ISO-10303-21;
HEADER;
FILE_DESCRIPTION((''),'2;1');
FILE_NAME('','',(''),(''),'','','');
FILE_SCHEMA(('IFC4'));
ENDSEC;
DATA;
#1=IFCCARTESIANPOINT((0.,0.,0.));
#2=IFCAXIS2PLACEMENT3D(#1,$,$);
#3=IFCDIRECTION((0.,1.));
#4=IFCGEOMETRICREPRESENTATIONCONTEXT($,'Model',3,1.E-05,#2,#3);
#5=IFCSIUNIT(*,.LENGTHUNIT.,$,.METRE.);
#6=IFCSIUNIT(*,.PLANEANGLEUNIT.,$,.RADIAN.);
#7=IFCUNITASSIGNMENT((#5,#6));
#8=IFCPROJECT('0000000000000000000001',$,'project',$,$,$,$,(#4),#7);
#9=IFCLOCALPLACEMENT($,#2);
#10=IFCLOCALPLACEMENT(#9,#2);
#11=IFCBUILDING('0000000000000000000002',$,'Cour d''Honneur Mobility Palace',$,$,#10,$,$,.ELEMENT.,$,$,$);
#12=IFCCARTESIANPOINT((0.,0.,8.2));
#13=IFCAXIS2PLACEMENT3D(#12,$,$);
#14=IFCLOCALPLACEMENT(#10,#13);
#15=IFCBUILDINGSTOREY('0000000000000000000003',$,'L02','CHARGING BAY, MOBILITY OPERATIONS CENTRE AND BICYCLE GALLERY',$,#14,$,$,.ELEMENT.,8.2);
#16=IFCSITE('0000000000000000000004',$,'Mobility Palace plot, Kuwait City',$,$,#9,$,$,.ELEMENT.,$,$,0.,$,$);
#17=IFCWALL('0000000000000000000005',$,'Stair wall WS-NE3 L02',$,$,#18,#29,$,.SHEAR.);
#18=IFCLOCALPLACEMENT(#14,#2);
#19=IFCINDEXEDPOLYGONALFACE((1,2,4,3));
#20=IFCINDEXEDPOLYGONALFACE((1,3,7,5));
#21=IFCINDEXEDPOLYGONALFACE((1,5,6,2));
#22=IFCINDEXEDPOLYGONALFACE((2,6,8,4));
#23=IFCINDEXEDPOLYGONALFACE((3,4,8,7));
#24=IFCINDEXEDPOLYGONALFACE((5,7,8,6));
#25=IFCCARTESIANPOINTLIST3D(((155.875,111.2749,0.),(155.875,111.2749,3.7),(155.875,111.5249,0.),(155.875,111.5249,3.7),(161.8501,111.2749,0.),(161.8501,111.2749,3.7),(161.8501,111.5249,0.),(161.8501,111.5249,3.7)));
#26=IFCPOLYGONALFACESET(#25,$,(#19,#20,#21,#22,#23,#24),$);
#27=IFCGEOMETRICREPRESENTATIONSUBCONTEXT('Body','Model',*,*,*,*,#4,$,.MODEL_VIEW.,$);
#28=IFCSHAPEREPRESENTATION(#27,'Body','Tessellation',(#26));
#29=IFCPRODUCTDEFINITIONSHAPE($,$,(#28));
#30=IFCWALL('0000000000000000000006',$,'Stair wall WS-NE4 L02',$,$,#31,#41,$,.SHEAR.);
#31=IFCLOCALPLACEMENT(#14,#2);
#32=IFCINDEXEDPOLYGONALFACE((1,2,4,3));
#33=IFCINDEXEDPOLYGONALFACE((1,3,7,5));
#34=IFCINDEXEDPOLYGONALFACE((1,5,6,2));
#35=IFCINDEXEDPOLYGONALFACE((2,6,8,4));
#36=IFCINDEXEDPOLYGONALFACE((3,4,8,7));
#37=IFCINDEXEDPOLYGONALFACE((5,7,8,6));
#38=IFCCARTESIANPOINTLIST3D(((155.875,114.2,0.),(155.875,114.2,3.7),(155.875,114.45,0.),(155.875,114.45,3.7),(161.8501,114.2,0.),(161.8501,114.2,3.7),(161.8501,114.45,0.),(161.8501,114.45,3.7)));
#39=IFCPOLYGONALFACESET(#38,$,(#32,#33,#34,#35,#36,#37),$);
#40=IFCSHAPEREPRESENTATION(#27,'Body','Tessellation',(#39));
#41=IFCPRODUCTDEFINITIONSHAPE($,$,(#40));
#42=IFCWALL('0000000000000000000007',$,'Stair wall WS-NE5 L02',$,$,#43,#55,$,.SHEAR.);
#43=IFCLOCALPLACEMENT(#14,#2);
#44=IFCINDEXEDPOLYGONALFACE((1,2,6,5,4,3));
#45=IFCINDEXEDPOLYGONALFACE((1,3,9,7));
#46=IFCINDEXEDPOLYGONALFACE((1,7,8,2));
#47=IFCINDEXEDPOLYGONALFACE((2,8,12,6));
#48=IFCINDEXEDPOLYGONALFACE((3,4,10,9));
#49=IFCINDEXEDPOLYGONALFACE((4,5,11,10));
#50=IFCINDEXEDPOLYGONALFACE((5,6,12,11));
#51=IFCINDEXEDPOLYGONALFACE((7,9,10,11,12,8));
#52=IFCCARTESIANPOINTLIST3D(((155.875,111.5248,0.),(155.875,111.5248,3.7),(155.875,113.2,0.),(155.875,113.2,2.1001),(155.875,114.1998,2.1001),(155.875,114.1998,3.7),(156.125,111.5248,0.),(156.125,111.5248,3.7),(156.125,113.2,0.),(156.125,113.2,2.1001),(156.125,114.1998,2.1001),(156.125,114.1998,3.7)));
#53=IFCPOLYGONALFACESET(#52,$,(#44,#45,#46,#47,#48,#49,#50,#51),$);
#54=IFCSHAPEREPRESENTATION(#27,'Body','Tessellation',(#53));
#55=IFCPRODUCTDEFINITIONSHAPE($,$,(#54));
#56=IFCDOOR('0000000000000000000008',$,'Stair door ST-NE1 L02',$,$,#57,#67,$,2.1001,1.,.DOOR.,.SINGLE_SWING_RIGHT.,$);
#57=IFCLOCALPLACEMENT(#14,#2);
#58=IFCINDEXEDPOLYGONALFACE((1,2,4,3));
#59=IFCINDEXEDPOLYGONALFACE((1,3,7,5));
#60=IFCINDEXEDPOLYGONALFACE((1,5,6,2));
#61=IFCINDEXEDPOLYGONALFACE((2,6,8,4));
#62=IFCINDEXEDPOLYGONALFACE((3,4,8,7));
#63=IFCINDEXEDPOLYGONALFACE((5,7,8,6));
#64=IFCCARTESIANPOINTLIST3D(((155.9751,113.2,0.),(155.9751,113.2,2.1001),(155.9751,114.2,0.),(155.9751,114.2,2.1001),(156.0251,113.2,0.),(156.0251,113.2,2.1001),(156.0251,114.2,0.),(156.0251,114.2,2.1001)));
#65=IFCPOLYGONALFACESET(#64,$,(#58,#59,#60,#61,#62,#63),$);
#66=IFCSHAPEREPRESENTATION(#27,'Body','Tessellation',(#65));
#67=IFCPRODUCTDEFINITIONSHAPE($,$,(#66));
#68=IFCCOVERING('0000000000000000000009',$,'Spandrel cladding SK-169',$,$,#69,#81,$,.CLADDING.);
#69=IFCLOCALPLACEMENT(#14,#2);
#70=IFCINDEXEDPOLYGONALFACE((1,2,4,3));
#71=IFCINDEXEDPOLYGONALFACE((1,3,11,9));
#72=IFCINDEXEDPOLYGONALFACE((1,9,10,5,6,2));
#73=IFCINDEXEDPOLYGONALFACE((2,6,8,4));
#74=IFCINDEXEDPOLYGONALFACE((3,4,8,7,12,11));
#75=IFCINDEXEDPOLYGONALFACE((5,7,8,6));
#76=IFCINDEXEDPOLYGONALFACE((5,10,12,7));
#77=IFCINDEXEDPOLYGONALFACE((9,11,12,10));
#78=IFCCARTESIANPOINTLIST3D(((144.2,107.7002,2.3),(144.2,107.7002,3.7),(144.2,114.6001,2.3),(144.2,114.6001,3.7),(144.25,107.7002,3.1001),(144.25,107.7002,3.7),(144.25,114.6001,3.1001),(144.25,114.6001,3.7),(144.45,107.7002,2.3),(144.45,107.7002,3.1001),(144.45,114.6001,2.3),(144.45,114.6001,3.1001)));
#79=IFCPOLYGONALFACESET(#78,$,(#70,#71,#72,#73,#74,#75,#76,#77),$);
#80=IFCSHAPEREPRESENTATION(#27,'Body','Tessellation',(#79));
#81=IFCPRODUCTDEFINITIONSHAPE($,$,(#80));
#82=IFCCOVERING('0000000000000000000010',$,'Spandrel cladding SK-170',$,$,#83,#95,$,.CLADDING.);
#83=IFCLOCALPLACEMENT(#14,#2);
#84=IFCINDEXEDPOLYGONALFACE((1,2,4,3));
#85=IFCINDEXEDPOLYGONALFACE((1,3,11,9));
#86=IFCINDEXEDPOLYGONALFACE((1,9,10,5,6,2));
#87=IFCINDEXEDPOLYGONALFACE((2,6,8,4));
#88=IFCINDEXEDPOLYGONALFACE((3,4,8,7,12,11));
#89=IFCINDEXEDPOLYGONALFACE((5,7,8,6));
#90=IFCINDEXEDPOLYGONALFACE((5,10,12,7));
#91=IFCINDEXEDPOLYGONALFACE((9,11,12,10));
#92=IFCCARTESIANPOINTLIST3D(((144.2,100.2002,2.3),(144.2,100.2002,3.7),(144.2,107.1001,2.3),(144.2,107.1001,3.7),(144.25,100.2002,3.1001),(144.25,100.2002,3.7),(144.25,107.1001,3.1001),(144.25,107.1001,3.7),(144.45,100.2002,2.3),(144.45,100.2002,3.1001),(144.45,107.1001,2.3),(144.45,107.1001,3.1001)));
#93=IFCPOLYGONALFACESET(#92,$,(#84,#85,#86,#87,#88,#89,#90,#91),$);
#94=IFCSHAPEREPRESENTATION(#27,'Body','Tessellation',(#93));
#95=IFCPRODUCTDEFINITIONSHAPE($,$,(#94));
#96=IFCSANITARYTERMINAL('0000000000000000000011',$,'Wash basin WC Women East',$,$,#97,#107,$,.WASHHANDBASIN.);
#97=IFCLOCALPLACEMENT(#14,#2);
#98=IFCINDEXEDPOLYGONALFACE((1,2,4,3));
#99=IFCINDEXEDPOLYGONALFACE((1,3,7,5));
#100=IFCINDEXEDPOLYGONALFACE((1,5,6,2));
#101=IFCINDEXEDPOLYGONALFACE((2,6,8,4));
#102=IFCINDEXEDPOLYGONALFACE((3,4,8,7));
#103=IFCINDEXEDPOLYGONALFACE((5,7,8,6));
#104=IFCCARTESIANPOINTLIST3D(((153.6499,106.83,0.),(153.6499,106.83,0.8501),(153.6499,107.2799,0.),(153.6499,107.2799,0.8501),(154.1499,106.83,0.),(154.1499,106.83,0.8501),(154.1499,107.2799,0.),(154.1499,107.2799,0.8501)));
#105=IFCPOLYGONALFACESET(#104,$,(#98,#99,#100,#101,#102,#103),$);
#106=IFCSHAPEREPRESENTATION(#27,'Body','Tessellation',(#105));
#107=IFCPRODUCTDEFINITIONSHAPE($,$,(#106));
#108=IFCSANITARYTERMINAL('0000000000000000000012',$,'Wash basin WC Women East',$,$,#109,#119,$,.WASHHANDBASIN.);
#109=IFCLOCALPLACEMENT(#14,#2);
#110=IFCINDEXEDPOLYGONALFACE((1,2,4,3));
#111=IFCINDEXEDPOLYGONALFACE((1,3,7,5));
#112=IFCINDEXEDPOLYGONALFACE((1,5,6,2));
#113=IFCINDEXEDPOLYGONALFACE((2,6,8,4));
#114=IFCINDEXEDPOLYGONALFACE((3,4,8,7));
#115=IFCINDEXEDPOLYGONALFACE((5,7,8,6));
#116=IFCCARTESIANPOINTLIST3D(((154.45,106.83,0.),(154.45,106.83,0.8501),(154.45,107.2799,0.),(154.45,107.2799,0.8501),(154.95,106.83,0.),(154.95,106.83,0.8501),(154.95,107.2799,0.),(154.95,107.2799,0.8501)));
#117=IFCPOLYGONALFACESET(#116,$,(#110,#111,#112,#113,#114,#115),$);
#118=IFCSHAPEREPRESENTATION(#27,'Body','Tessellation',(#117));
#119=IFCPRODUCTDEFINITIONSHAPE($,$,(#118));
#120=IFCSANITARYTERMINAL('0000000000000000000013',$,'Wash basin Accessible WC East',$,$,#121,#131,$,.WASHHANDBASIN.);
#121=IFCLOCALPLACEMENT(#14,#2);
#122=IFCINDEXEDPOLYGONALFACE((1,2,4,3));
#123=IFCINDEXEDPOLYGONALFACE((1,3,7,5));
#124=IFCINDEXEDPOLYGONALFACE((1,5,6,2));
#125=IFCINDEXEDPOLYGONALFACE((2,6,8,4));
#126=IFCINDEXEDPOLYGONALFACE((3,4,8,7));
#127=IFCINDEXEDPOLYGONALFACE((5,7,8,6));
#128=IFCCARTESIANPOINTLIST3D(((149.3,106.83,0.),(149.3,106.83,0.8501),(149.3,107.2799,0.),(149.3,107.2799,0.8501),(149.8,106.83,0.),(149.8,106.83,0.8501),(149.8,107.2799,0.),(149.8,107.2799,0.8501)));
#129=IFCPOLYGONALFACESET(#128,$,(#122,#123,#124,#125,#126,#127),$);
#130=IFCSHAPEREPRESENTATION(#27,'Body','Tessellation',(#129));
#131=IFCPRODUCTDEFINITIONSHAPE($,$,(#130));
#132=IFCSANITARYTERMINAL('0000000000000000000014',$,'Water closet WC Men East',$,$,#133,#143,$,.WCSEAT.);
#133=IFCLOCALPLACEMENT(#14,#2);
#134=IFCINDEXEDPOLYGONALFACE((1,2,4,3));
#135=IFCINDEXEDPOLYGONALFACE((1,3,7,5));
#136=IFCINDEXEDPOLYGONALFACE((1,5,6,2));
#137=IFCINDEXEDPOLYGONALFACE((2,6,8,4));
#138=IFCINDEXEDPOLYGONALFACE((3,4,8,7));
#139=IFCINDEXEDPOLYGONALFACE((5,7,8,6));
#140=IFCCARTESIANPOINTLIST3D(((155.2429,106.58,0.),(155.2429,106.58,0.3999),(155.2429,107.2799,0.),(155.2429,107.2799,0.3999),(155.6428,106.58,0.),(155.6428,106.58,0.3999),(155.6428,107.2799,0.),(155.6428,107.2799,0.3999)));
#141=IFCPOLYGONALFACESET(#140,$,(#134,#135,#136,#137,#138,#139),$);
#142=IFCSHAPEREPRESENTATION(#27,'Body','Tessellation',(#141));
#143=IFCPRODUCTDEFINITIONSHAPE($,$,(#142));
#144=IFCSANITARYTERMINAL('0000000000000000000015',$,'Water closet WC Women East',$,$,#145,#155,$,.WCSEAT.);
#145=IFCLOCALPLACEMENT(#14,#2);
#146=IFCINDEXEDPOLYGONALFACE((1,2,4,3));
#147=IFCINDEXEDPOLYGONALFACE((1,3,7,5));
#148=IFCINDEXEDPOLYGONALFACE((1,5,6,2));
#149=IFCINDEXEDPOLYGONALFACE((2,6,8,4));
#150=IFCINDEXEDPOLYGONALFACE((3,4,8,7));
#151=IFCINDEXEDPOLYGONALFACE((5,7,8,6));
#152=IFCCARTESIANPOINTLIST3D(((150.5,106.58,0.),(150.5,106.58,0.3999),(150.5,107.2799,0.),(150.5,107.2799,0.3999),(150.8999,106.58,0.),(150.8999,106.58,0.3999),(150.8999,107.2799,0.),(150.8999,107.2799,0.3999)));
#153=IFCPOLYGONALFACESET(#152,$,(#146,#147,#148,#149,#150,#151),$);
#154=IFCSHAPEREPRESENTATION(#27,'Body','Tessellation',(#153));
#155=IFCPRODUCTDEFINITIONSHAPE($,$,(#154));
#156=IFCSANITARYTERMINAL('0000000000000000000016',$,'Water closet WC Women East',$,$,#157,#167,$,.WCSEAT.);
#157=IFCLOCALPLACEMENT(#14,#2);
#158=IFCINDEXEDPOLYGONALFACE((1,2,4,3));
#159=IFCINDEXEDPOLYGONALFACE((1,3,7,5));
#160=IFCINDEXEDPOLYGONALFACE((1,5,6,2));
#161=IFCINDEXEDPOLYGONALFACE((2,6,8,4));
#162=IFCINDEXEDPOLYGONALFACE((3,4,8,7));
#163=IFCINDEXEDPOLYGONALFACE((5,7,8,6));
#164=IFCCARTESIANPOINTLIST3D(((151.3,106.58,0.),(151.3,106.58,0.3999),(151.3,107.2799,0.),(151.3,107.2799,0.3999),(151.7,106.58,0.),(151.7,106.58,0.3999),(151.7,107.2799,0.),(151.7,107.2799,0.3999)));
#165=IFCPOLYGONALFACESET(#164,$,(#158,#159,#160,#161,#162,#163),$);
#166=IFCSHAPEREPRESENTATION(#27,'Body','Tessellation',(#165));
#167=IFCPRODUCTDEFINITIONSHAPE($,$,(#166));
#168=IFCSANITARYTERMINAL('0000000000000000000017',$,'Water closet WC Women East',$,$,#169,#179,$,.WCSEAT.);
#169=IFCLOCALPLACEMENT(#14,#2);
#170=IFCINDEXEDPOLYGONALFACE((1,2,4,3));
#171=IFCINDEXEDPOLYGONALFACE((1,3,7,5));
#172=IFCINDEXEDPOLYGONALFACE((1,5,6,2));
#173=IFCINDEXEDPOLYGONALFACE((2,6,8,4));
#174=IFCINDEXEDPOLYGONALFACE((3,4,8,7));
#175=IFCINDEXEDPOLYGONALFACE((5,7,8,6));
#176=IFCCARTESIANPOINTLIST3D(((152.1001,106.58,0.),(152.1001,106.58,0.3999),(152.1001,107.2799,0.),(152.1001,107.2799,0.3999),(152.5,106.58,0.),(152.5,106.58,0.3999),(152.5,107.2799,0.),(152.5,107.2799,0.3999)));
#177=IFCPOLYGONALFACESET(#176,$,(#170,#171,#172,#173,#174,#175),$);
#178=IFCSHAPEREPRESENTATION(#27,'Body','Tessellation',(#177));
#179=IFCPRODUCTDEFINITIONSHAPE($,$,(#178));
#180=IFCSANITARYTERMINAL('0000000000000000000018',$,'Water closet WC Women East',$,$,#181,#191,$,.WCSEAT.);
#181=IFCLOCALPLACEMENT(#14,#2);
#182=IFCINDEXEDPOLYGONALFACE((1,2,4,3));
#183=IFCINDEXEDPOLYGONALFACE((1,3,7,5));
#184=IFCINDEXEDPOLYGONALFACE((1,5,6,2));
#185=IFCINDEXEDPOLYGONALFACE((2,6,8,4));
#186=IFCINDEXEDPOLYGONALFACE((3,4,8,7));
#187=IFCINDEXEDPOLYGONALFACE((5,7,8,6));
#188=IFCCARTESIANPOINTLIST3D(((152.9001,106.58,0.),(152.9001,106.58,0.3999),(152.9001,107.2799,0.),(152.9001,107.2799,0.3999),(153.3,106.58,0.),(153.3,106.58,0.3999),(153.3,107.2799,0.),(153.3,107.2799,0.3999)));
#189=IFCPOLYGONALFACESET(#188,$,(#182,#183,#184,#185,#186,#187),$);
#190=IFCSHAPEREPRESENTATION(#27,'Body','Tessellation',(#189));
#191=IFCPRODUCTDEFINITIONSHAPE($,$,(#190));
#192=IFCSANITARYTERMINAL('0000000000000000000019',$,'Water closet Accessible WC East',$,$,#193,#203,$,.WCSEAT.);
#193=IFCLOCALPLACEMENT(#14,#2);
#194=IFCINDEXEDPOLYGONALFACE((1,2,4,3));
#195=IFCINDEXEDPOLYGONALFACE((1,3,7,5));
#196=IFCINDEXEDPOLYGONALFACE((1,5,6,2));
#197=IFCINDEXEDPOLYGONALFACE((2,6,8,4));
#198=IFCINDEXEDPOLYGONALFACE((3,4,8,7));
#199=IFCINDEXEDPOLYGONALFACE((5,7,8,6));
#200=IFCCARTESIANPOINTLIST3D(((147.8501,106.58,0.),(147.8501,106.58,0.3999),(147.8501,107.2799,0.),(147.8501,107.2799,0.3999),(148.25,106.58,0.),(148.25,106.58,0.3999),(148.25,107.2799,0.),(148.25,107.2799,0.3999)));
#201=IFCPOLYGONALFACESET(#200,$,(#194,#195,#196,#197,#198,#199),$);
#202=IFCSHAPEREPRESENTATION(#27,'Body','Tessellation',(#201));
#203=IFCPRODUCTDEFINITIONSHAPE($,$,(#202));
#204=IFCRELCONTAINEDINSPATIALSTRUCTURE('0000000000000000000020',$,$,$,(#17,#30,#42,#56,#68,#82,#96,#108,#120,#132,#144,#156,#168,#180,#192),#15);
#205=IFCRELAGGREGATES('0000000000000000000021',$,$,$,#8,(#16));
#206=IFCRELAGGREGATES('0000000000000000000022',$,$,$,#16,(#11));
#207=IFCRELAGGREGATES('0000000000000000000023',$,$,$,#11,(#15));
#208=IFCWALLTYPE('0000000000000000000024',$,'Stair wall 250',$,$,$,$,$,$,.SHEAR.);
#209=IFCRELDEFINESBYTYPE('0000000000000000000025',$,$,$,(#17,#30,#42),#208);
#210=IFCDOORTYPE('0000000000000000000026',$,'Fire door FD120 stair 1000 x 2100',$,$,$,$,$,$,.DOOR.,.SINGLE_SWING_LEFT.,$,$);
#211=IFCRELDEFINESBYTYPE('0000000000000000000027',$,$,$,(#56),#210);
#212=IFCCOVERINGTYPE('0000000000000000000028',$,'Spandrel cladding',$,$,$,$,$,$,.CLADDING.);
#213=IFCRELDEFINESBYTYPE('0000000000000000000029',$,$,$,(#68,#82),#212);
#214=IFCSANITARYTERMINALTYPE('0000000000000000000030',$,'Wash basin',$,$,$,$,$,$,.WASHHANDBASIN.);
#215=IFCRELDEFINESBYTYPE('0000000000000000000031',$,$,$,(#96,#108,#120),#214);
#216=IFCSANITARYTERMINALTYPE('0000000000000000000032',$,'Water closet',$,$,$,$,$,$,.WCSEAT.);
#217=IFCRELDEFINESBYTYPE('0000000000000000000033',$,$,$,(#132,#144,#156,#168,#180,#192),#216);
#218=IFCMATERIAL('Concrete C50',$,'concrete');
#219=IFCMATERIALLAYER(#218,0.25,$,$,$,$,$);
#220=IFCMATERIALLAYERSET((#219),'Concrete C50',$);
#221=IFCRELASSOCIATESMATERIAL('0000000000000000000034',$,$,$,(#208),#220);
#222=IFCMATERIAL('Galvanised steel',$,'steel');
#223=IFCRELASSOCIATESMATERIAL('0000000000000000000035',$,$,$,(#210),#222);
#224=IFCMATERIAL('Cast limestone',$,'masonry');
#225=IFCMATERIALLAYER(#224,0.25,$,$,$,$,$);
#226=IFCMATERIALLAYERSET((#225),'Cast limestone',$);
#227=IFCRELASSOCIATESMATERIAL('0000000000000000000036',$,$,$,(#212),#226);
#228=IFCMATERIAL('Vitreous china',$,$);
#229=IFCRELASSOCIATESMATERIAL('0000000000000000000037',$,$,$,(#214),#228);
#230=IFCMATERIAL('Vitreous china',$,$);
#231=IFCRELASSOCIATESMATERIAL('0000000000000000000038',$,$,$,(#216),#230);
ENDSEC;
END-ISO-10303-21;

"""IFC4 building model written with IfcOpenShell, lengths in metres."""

from ifc_helpers import new_model, si_unit, direction, frame, frame_2d, origin, origin_2d, place, context, subcontext, project, spatial, polyline, rectangle, outline, extrude, material, layer, layer_set, type_object, element, fill, save


model = new_model("IFC4")

# Units and contexts
model_context = context("Model", 3, precision=1e-05, world=origin(), true_north=direction((0.0, 1.0)))
body_context = subcontext(model_context, "Body", "Model", "MODEL_VIEW")
ifc_project = project(units=[si_unit("LENGTHUNIT", "METRE"), si_unit("PLANEANGLEUNIT", "RADIAN")], contexts=[model_context])

# Site, building, storey
site_placement = place(None, origin())
site = spatial("IfcSite", under=ifc_project, at=site_placement, Name="Mobility Palace plot, Kuwait City", CompositionType="ELEMENT", RefElevation=0.0)
building_placement = place(site_placement, origin())
building = spatial("IfcBuilding", under=site, at=building_placement, Name="Cour d'Honneur Mobility Palace", CompositionType="ELEMENT")
storey_placement = place(building_placement, frame((0.0, 0.0, 8.2)))
storey = spatial("IfcBuildingStorey", under=building, at=storey_placement, Name="L02", Description="CHARGING BAY, MOBILITY OPERATIONS CENTRE AND BICYCLE GALLERY", CompositionType="ELEMENT", Elevation=8.2)

# Walls
ifc_material_1 = material(Name="Concrete C50", Category="concrete")
ifc_layer_1 = layer(ifc_material_1, 0.25)
ifc_layer_set_1 = layer_set([ifc_layer_1], Name="Concrete C50")
wall_type_1 = type_object("IfcWallType", Name="Stair wall 250", PredefinedType="SHEAR", material=ifc_layer_set_1)
for number, where, z_axis, x_axis, name in (
    (1, (155.875, 111.3999, 0.0), (0.0, 0.0, 1.0), (1.0, 0.0, 0.0), "Stair wall WS-NE3 L02"),
    (2, (155.875, 114.325, 0.0), (0.0, 0.0, 1.0), (1.0, 0.0, 0.0), "Stair wall WS-NE4 L02"),
):
    element("IfcWall", number, at=place(storey_placement, frame(where, z_axis=z_axis, x_axis=x_axis)), inside=storey, type_object=wall_type_1, Name=name, PredefinedType="SHEAR", context=body_context, shape_type="SweptSolid", body=[
        extrude(rectangle(XDim=5.9751, YDim=0.25, at=frame_2d((2.9875, 0.0))), origin(), (0.0, 0.0, 1.0), 3.7),
    ])

# Wall, opening, door
wall_1_placement = place(storey_placement, frame((156.0, 111.5249, 0.0), z_axis=(0.0, 0.0, 1.0), x_axis=(0.0, 1.0, 0.0)))
wall_1 = element("IfcWall", 3, at=wall_1_placement, inside=storey, type_object=wall_type_1, Name="Stair wall WS-NE5 L02", PredefinedType="SHEAR", context=body_context, shape_type="SweptSolid", body=[
    extrude(rectangle(XDim=2.675, YDim=0.25, at=frame_2d((1.3374, 0.0))), origin(), (0.0, 0.0, 1.0), 3.7),
])
opening_1_placement = place(wall_1_placement, frame((1.675, 0.0, 0.0)))
opening_1 = element("IfcOpeningElement", 4, at=opening_1_placement, cuts=wall_1, PredefinedType="OPENING", context=body_context, shape_type="SweptSolid", body=[
    extrude(rectangle(XDim=1.0, YDim=2.1001, at=frame_2d((0.5, 1.05))), frame((0.0, 0.135, 0.0), z_axis=(0.0, -1.0, 0.0), x_axis=(1.0, 0.0, 0.0)), (0.0, 0.0, 1.0), 0.27),
])
ifc_material_2 = material(Name="Galvanised steel", Category="steel")
door_type_1 = type_object("IfcDoorType", Name="Fire door FD120 stair 1000 x 2100", OperationType="SINGLE_SWING_LEFT", PredefinedType="DOOR", material=ifc_material_2)
door_1_placement = place(opening_1_placement, origin())
door_1 = element("IfcDoor", 5, at=door_1_placement, inside=storey, type_object=door_type_1, Name="Stair door ST-NE1 L02", OperationType="SINGLE_SWING_RIGHT", OverallHeight=2.1001, OverallWidth=1.0, PredefinedType="DOOR", context=body_context, shape_type="SweptSolid", body=[
    extrude(rectangle(XDim=1.0, YDim=2.1001, at=frame_2d((0.5, 1.05))), frame((0.0, 0.0249, 0.0), z_axis=(0.0, -1.0, 0.0), x_axis=(1.0, 0.0, 0.0)), (0.0, 0.0, 1.0), 0.05),
])
fill(opening_1, door_1)

# Coverings
ifc_material_3 = material(Name="Cast limestone", Category="masonry")
ifc_layer_2 = layer(ifc_material_3, 0.25)
ifc_layer_set_2 = layer_set([ifc_layer_2], Name="Cast limestone")
covering_type = type_object("IfcCoveringType", Name="Spandrel cladding", PredefinedType="CLADDING", material=ifc_layer_set_2)
for number, where, z_axis, x_axis, name in (
    (6, (144.45, 114.6001, 2.3), (0.0, 1.0, 0.0), (-1.0, 0.0, 0.0), "Spandrel cladding SK-169"),
    (7, (144.45, 107.1001, 2.3), (0.0, 1.0, 0.0), (-1.0, 0.0, 0.0), "Spandrel cladding SK-170"),
):
    element("IfcCovering", number, at=place(storey_placement, frame(where, z_axis=z_axis, x_axis=x_axis)), inside=storey, type_object=covering_type, Name=name, PredefinedType="CLADDING", context=body_context, shape_type="SweptSolid", body=[
        extrude(outline(polyline([(0.0, 0.0), (0.25, 0.0), (0.25, 1.3999), (0.2, 1.3999), (0.2, 0.8), (0.0, 0.8), (0.0, 0.0)])), origin(), (0.0, 0.0, -1.0), 6.8999),
    ])

# Sanitary terminals
ifc_material_4 = material(Name="Vitreous china")
sanitary_terminal_type_1 = type_object("IfcSanitaryTerminalType", Name="Wash basin", PredefinedType="WASHHANDBASIN", material=ifc_material_4)
for number, where, z_axis, x_axis, name in (
    (8, (153.8999, 107.0549, 0.0), (0.0, 0.0, 1.0), (1.0, 0.0, 0.0), "Wash basin WC Women East"),
    (9, (154.7, 107.0549, 0.0), (0.0, 0.0, 1.0), (1.0, 0.0, 0.0), "Wash basin WC Women East"),
    (10, (149.55, 107.0549, 0.0), (0.0, 0.0, 1.0), (1.0, 0.0, 0.0), "Wash basin Accessible WC East"),
):
    element("IfcSanitaryTerminal", number, at=place(storey_placement, frame(where, z_axis=z_axis, x_axis=x_axis)), inside=storey, type_object=sanitary_terminal_type_1, Name=name, PredefinedType="WASHHANDBASIN", context=body_context, shape_type="SweptSolid", body=[
        extrude(rectangle(XDim=0.5, YDim=0.45, at=origin_2d()), origin(), (0.0, 0.0, 1.0), 0.8501),
    ])
ifc_material_5 = material(Name="Vitreous china")
sanitary_terminal_type_2 = type_object("IfcSanitaryTerminalType", Name="Water closet", PredefinedType="WCSEAT", material=ifc_material_5)
for number, where, z_axis, x_axis, name in (
    (11, (155.4429, 106.9299, 0.0), (0.0, 0.0, 1.0), (1.0, 0.0, 0.0), "Water closet WC Men East"),
    (12, (150.7, 106.9299, 0.0), (0.0, 0.0, 1.0), (1.0, 0.0, 0.0), "Water closet WC Women East"),
    (13, (151.5, 106.9299, 0.0), (0.0, 0.0, 1.0), (1.0, 0.0, 0.0), "Water closet WC Women East"),
    (14, (152.3, 106.9299, 0.0), (0.0, 0.0, 1.0), (1.0, 0.0, 0.0), "Water closet WC Women East"),
    (15, (153.1001, 106.9299, 0.0), (0.0, 0.0, 1.0), (1.0, 0.0, 0.0), "Water closet WC Women East"),
    (16, (148.05, 106.9299, 0.0), (0.0, 0.0, 1.0), (1.0, 0.0, 0.0), "Water closet Accessible WC East"),
):
    element("IfcSanitaryTerminal", number, at=place(storey_placement, frame(where, z_axis=z_axis, x_axis=x_axis)), inside=storey, type_object=sanitary_terminal_type_2, Name=name, PredefinedType="WCSEAT", context=body_context, shape_type="SweptSolid", body=[
        extrude(rectangle(XDim=0.3999, YDim=0.7, at=origin_2d()), origin(), (0.0, 0.0, 1.0), 0.3999),
    ])

save(model, "model.ifc")
